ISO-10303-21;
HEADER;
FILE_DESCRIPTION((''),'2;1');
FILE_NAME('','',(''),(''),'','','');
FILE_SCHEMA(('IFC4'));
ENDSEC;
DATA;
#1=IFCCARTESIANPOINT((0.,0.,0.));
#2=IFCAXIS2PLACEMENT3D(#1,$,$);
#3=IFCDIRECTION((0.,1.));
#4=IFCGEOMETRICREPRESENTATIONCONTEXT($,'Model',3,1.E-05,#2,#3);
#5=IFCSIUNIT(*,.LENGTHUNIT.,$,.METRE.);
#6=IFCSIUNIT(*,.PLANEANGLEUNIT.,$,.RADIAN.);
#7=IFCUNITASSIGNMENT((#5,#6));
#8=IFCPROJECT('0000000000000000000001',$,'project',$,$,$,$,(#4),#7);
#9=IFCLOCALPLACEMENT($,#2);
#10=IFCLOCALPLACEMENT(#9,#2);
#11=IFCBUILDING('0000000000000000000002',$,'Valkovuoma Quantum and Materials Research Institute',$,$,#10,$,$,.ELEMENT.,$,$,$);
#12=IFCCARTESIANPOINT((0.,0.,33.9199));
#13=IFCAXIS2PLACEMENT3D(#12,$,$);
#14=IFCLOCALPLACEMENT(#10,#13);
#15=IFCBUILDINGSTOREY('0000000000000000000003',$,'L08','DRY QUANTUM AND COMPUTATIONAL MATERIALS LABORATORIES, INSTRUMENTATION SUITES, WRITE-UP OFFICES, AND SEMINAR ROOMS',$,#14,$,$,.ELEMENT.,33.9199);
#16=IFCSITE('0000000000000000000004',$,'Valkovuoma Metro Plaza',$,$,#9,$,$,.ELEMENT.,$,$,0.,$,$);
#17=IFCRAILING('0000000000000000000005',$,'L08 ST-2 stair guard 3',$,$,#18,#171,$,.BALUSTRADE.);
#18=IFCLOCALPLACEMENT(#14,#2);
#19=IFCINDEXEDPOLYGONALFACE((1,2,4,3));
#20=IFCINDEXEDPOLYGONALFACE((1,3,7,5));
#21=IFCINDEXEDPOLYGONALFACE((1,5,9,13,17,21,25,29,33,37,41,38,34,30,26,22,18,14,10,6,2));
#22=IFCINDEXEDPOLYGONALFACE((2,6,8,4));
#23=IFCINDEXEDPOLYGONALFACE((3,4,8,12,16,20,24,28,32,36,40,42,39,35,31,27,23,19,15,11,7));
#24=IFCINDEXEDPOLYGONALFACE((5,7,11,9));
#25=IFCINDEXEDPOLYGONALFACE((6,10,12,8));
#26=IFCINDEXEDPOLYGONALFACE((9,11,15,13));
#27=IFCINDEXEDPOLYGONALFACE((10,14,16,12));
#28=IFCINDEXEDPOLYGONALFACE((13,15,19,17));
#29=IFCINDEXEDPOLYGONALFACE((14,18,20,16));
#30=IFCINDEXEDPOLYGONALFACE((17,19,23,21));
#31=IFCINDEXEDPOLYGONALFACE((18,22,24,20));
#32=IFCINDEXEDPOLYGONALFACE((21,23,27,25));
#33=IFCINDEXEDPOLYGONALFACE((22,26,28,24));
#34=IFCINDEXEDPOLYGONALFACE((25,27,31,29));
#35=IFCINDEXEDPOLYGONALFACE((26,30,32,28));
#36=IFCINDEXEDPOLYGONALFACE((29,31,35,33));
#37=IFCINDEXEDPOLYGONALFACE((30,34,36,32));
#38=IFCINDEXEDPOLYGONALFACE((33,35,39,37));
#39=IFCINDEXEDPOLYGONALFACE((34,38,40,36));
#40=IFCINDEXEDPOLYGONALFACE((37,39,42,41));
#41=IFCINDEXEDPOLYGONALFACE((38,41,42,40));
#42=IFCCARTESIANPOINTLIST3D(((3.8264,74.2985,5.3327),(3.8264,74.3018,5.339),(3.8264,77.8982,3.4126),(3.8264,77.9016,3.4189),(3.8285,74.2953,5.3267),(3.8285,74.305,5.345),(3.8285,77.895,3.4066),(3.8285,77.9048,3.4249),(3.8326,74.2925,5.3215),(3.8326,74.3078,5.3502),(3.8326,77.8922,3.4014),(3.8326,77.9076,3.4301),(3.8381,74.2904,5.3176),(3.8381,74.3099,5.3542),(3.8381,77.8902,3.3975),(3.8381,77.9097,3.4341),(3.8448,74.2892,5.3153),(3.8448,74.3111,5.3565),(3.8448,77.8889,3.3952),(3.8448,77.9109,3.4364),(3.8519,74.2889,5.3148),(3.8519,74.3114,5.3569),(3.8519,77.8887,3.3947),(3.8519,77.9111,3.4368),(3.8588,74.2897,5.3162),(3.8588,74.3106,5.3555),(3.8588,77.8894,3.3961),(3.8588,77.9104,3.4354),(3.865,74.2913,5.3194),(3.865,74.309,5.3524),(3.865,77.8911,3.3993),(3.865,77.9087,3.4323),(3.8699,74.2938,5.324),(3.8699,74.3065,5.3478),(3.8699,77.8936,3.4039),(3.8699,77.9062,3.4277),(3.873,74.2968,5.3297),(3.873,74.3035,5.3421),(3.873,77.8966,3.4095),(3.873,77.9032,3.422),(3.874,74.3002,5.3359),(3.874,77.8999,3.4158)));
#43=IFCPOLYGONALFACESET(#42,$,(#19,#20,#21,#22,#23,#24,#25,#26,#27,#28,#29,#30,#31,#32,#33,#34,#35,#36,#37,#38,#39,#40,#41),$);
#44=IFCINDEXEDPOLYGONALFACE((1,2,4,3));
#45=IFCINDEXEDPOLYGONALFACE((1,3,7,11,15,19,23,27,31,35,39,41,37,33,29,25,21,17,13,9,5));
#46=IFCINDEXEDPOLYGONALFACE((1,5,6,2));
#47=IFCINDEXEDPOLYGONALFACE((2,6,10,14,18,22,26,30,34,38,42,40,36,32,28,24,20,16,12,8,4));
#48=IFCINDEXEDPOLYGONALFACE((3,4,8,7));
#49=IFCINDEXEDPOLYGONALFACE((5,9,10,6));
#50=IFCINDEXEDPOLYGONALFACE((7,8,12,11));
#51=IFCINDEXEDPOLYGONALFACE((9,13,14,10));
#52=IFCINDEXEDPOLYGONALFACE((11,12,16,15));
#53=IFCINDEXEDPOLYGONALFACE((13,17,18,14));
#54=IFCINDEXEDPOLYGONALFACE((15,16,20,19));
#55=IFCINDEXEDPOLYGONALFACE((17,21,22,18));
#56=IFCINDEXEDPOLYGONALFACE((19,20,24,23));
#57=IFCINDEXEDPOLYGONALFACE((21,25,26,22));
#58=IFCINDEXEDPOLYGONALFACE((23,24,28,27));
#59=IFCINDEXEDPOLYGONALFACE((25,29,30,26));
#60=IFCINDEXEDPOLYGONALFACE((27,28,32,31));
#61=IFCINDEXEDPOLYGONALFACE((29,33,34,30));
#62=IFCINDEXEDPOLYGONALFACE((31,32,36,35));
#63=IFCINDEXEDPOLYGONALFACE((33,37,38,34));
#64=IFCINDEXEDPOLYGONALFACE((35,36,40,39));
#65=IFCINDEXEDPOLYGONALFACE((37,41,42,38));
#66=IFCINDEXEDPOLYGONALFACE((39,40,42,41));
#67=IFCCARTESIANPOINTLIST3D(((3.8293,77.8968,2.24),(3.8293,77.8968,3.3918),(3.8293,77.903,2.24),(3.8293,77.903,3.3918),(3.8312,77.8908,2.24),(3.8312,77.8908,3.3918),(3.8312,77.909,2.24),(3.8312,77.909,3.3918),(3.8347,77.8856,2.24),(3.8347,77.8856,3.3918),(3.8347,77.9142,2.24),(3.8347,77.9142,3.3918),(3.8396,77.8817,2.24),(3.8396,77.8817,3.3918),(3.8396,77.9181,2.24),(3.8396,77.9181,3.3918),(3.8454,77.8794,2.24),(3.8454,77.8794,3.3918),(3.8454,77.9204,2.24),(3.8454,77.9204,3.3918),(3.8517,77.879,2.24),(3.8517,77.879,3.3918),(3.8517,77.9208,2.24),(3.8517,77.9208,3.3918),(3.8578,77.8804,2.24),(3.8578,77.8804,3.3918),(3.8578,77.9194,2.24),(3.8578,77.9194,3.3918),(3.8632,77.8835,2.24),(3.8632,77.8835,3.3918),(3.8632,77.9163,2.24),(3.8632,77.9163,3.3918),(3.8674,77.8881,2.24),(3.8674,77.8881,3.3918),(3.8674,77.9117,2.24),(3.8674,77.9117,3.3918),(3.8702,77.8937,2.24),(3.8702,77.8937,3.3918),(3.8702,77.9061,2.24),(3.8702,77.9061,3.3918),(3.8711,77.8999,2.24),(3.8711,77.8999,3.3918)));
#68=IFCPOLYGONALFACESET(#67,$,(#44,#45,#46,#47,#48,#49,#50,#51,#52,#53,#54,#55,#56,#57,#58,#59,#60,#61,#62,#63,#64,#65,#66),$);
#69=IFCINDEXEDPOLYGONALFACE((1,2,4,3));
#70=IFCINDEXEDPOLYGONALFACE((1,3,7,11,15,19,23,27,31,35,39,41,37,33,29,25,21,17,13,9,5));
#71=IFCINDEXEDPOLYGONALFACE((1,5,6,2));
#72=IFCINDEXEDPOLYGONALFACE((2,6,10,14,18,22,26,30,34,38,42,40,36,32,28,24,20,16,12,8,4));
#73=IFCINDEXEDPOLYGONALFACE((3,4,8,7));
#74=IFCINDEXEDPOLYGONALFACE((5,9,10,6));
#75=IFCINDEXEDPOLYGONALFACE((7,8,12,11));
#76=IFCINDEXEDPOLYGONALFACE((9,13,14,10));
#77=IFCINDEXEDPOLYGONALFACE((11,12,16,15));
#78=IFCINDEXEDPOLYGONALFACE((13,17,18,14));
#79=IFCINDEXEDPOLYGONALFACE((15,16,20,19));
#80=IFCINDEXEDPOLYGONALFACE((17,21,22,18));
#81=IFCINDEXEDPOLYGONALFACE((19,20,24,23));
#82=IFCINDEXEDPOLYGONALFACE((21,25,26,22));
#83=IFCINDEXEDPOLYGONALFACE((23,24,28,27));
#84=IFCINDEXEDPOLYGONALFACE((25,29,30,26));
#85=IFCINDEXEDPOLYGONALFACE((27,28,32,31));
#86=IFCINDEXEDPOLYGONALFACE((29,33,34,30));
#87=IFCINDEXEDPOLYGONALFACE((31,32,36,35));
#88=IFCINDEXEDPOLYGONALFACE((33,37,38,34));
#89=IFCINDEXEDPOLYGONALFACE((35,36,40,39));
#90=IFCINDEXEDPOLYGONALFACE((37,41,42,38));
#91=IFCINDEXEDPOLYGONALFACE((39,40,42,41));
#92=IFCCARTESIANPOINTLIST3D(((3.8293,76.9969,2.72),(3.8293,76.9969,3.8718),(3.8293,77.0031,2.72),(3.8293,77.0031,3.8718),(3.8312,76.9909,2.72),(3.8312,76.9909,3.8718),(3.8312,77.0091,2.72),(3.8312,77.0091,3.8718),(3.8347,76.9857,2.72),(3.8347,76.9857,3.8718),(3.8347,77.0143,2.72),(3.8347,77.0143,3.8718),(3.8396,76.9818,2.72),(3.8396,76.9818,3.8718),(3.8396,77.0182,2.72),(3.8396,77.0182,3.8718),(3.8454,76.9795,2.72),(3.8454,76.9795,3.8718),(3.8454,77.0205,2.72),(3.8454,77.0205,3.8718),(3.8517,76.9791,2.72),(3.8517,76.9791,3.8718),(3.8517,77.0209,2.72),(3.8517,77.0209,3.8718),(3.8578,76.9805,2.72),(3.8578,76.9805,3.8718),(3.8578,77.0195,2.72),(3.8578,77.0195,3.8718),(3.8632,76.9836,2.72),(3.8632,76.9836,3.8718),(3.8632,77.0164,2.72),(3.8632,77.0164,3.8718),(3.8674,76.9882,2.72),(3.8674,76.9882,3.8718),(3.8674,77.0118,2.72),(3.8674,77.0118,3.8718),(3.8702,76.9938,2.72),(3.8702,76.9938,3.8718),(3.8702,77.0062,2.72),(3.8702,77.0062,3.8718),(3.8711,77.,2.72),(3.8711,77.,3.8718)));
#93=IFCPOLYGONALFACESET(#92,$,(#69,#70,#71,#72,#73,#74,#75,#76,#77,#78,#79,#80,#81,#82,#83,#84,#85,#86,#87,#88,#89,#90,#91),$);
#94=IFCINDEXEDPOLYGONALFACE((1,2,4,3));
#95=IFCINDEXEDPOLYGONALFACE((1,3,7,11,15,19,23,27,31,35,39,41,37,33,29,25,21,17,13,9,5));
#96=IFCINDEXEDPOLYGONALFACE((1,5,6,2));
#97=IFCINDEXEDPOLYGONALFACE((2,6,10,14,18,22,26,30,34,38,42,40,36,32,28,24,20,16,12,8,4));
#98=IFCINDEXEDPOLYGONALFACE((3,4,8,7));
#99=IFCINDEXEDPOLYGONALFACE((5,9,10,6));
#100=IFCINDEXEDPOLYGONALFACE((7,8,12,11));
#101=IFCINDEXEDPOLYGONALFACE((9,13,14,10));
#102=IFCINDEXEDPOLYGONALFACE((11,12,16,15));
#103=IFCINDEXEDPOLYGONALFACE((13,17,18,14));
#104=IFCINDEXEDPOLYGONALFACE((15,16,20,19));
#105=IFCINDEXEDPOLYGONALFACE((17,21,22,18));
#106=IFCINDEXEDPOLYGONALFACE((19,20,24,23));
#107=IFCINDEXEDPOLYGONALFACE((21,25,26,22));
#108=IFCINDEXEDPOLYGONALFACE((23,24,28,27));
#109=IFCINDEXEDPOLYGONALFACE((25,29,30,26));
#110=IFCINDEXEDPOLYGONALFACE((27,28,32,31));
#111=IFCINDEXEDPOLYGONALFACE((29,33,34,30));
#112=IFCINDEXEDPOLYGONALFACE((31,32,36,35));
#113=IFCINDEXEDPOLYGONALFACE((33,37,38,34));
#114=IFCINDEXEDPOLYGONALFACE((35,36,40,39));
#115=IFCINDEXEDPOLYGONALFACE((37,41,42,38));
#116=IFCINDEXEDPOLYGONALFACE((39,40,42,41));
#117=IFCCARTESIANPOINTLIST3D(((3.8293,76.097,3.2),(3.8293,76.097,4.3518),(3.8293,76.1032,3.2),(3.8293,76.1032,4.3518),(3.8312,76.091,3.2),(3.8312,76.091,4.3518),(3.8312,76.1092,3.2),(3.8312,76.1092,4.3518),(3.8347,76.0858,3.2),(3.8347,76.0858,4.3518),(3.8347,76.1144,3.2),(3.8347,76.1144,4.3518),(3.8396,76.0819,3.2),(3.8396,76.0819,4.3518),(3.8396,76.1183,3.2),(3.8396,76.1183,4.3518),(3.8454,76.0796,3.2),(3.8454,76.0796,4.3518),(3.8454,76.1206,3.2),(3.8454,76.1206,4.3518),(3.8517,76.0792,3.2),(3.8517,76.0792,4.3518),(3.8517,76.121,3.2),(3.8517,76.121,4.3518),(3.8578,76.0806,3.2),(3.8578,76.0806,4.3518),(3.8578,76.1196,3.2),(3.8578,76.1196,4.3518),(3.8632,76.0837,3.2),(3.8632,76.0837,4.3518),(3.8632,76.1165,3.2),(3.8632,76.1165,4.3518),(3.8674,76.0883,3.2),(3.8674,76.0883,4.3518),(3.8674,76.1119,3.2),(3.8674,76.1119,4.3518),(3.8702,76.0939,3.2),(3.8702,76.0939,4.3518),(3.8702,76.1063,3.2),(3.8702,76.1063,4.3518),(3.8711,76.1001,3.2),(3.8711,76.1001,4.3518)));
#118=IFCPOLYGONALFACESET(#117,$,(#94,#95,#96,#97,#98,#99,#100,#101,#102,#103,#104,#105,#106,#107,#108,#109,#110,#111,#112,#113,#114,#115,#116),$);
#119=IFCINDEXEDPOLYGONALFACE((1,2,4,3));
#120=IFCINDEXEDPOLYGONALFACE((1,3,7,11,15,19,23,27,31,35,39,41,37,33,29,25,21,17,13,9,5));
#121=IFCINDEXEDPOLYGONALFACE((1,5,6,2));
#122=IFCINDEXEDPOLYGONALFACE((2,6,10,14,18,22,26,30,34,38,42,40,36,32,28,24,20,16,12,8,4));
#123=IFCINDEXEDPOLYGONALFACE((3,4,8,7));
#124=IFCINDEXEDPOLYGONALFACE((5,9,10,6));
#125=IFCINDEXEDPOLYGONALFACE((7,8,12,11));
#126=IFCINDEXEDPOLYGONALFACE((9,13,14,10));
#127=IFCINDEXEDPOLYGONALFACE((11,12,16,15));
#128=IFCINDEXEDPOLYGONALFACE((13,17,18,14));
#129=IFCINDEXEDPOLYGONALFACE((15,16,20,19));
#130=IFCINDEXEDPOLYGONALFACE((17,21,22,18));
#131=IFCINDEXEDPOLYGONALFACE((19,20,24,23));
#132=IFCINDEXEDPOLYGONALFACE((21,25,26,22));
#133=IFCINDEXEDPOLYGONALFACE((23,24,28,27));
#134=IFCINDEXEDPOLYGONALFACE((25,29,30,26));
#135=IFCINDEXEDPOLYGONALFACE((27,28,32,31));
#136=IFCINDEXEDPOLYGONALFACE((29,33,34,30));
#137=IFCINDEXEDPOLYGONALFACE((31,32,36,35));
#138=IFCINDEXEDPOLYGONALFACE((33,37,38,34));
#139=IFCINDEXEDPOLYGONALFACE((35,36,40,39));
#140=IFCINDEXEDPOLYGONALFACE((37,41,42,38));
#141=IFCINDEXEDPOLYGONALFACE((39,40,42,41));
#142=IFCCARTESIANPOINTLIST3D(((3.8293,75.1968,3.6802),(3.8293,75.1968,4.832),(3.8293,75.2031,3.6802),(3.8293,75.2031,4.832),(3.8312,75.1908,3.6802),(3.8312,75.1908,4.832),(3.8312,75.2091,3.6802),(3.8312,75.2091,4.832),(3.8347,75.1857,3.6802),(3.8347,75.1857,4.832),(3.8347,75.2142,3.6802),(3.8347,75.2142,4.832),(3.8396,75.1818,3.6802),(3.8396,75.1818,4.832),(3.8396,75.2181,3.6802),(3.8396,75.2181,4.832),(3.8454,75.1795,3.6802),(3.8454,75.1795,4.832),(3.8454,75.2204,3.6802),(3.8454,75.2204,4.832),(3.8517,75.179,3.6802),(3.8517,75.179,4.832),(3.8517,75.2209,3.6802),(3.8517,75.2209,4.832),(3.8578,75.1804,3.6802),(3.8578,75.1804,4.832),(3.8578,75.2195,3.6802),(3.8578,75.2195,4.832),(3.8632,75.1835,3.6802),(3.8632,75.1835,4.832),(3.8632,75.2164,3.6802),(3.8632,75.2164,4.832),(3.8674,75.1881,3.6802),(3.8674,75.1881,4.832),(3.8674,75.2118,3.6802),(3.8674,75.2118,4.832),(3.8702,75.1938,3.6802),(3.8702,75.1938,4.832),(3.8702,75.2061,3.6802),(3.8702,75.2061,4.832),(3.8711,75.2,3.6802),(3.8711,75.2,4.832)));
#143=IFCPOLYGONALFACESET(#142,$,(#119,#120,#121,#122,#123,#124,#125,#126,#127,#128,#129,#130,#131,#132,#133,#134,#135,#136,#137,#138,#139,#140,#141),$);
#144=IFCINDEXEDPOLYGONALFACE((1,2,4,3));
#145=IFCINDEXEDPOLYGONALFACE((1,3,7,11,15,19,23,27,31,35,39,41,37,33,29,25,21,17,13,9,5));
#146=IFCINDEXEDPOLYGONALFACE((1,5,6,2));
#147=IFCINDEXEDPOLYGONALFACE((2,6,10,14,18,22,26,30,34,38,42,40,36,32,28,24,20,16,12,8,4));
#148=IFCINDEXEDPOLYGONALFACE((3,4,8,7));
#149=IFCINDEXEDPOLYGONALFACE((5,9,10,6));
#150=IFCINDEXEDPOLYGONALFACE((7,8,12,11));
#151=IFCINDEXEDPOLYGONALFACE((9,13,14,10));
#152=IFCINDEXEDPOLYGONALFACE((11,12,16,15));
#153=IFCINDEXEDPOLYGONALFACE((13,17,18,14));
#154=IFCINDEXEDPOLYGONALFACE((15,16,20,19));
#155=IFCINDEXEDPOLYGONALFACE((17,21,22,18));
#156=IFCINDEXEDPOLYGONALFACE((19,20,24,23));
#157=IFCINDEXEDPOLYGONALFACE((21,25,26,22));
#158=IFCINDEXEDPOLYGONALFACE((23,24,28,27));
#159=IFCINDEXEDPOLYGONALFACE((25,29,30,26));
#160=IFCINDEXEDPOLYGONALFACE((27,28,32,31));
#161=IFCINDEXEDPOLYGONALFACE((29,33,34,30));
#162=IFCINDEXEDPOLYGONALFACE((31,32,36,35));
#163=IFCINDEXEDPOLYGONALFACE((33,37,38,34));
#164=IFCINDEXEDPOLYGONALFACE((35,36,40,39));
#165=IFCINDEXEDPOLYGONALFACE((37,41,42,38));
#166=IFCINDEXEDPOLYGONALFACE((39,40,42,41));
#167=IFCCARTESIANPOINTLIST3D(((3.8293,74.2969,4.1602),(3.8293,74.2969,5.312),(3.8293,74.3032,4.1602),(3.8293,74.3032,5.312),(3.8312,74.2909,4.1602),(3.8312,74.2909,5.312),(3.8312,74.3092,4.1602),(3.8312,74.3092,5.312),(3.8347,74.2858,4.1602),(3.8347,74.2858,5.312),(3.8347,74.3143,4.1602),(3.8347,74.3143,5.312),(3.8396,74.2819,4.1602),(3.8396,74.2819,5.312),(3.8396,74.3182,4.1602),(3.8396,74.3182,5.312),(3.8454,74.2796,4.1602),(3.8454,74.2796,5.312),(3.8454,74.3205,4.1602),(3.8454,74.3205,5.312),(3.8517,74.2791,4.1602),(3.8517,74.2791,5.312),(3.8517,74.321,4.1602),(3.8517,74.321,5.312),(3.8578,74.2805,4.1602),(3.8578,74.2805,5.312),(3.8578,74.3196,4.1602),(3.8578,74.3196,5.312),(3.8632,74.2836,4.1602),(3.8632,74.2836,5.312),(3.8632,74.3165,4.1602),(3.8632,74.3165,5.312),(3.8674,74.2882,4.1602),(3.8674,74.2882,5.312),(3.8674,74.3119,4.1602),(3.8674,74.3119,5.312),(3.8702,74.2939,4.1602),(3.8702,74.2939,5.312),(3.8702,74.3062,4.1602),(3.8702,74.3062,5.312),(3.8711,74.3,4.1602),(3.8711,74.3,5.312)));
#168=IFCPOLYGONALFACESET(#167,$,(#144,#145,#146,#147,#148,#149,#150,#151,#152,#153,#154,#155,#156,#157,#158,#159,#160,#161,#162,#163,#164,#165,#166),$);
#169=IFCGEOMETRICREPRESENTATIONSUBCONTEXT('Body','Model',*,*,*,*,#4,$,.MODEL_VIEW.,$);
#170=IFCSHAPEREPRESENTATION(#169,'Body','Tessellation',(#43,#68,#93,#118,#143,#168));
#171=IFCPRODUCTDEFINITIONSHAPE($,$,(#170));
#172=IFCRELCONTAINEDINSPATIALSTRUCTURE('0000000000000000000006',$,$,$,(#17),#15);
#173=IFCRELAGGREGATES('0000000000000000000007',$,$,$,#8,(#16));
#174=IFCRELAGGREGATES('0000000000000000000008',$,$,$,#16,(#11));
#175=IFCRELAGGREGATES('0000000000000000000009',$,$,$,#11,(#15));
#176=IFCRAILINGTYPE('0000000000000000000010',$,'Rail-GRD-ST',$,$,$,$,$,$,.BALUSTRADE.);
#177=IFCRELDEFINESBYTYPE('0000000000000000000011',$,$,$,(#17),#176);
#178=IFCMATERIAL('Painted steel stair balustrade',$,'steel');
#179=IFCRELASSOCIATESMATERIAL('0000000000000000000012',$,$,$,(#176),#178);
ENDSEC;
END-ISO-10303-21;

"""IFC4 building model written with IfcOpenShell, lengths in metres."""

from ifc_helpers import new_model, si_unit, direction, frame, origin, origin_2d, place, context, subcontext, project, spatial, circle, extrude, material, type_object, element, save


model = new_model("IFC4")

# Units and contexts
model_context = context("Model", 3, precision=1e-05, world=origin(), true_north=direction((0.0, 1.0)))
body_context = subcontext(model_context, "Body", "Model", "MODEL_VIEW")
ifc_project = project(units=[si_unit("LENGTHUNIT", "METRE"), si_unit("PLANEANGLEUNIT", "RADIAN")], contexts=[model_context])

# Site, building, storey
site_placement = place(None, origin())
site = spatial("IfcSite", under=ifc_project, at=site_placement, Name="Valkovuoma Metro Plaza", CompositionType="ELEMENT", RefElevation=0.0)
building_placement = place(site_placement, origin())
building = spatial("IfcBuilding", under=site, at=building_placement, Name="Valkovuoma Quantum and Materials Research Institute", CompositionType="ELEMENT")
storey_placement = place(building_placement, frame((0.0, 0.0, 33.9199)))
storey = spatial("IfcBuildingStorey", under=building, at=storey_placement, Name="L08", Description="DRY QUANTUM AND COMPUTATIONAL MATERIALS LABORATORIES, INSTRUMENTATION SUITES, WRITE-UP OFFICES, AND SEMINAR ROOMS", CompositionType="ELEMENT", Elevation=33.9199)

# Railing
ifc_material_1 = material(Name="Painted steel stair balustrade", Category="steel")
railing_type_1 = type_object("IfcRailingType", Name="Rail-GRD-ST", PredefinedType="BALUSTRADE", material=ifc_material_1)
railing_1_placement = place(storey_placement, frame((3.8501, 77.8999, 2.24)))
element("IfcRailing", 1, at=railing_1_placement, inside=storey, type_object=railing_type_1, Name="L08 ST-2 stair guard 3", PredefinedType="BALUSTRADE", context=body_context, shape_type="SweptSolid", body=[
    extrude(circle(Radius=0.0239, at=origin_2d()), frame((0.0, 0.0, 1.1758), z_axis=(0.0, -0.882328, 0.470635), x_axis=(1.0, 0.0, 0.0)), (0.0, 0.0, 1.0), 4.0798),
    extrude(circle(Radius=0.021, at=origin_2d()), origin(), (0.0, 0.0, 1.0), 1.1519),
    extrude(circle(Radius=0.021, at=origin_2d()), frame((0.0, -0.8999, 0.48)), (0.0, 0.0, 1.0), 1.1519),
    extrude(circle(Radius=0.021, at=origin_2d()), frame((0.0, -1.7998, 0.96)), (0.0, 0.0, 1.0), 1.1519),
    extrude(circle(Radius=0.021, at=origin_2d()), frame((0.0, -2.7, 1.4402)), (0.0, 0.0, 1.0), 1.1519),
    extrude(circle(Radius=0.021, at=origin_2d()), frame((0.0, -3.5999, 1.9202)), (0.0, 0.0, 1.0), 1.1519),
])

save(model, "model.ifc")
